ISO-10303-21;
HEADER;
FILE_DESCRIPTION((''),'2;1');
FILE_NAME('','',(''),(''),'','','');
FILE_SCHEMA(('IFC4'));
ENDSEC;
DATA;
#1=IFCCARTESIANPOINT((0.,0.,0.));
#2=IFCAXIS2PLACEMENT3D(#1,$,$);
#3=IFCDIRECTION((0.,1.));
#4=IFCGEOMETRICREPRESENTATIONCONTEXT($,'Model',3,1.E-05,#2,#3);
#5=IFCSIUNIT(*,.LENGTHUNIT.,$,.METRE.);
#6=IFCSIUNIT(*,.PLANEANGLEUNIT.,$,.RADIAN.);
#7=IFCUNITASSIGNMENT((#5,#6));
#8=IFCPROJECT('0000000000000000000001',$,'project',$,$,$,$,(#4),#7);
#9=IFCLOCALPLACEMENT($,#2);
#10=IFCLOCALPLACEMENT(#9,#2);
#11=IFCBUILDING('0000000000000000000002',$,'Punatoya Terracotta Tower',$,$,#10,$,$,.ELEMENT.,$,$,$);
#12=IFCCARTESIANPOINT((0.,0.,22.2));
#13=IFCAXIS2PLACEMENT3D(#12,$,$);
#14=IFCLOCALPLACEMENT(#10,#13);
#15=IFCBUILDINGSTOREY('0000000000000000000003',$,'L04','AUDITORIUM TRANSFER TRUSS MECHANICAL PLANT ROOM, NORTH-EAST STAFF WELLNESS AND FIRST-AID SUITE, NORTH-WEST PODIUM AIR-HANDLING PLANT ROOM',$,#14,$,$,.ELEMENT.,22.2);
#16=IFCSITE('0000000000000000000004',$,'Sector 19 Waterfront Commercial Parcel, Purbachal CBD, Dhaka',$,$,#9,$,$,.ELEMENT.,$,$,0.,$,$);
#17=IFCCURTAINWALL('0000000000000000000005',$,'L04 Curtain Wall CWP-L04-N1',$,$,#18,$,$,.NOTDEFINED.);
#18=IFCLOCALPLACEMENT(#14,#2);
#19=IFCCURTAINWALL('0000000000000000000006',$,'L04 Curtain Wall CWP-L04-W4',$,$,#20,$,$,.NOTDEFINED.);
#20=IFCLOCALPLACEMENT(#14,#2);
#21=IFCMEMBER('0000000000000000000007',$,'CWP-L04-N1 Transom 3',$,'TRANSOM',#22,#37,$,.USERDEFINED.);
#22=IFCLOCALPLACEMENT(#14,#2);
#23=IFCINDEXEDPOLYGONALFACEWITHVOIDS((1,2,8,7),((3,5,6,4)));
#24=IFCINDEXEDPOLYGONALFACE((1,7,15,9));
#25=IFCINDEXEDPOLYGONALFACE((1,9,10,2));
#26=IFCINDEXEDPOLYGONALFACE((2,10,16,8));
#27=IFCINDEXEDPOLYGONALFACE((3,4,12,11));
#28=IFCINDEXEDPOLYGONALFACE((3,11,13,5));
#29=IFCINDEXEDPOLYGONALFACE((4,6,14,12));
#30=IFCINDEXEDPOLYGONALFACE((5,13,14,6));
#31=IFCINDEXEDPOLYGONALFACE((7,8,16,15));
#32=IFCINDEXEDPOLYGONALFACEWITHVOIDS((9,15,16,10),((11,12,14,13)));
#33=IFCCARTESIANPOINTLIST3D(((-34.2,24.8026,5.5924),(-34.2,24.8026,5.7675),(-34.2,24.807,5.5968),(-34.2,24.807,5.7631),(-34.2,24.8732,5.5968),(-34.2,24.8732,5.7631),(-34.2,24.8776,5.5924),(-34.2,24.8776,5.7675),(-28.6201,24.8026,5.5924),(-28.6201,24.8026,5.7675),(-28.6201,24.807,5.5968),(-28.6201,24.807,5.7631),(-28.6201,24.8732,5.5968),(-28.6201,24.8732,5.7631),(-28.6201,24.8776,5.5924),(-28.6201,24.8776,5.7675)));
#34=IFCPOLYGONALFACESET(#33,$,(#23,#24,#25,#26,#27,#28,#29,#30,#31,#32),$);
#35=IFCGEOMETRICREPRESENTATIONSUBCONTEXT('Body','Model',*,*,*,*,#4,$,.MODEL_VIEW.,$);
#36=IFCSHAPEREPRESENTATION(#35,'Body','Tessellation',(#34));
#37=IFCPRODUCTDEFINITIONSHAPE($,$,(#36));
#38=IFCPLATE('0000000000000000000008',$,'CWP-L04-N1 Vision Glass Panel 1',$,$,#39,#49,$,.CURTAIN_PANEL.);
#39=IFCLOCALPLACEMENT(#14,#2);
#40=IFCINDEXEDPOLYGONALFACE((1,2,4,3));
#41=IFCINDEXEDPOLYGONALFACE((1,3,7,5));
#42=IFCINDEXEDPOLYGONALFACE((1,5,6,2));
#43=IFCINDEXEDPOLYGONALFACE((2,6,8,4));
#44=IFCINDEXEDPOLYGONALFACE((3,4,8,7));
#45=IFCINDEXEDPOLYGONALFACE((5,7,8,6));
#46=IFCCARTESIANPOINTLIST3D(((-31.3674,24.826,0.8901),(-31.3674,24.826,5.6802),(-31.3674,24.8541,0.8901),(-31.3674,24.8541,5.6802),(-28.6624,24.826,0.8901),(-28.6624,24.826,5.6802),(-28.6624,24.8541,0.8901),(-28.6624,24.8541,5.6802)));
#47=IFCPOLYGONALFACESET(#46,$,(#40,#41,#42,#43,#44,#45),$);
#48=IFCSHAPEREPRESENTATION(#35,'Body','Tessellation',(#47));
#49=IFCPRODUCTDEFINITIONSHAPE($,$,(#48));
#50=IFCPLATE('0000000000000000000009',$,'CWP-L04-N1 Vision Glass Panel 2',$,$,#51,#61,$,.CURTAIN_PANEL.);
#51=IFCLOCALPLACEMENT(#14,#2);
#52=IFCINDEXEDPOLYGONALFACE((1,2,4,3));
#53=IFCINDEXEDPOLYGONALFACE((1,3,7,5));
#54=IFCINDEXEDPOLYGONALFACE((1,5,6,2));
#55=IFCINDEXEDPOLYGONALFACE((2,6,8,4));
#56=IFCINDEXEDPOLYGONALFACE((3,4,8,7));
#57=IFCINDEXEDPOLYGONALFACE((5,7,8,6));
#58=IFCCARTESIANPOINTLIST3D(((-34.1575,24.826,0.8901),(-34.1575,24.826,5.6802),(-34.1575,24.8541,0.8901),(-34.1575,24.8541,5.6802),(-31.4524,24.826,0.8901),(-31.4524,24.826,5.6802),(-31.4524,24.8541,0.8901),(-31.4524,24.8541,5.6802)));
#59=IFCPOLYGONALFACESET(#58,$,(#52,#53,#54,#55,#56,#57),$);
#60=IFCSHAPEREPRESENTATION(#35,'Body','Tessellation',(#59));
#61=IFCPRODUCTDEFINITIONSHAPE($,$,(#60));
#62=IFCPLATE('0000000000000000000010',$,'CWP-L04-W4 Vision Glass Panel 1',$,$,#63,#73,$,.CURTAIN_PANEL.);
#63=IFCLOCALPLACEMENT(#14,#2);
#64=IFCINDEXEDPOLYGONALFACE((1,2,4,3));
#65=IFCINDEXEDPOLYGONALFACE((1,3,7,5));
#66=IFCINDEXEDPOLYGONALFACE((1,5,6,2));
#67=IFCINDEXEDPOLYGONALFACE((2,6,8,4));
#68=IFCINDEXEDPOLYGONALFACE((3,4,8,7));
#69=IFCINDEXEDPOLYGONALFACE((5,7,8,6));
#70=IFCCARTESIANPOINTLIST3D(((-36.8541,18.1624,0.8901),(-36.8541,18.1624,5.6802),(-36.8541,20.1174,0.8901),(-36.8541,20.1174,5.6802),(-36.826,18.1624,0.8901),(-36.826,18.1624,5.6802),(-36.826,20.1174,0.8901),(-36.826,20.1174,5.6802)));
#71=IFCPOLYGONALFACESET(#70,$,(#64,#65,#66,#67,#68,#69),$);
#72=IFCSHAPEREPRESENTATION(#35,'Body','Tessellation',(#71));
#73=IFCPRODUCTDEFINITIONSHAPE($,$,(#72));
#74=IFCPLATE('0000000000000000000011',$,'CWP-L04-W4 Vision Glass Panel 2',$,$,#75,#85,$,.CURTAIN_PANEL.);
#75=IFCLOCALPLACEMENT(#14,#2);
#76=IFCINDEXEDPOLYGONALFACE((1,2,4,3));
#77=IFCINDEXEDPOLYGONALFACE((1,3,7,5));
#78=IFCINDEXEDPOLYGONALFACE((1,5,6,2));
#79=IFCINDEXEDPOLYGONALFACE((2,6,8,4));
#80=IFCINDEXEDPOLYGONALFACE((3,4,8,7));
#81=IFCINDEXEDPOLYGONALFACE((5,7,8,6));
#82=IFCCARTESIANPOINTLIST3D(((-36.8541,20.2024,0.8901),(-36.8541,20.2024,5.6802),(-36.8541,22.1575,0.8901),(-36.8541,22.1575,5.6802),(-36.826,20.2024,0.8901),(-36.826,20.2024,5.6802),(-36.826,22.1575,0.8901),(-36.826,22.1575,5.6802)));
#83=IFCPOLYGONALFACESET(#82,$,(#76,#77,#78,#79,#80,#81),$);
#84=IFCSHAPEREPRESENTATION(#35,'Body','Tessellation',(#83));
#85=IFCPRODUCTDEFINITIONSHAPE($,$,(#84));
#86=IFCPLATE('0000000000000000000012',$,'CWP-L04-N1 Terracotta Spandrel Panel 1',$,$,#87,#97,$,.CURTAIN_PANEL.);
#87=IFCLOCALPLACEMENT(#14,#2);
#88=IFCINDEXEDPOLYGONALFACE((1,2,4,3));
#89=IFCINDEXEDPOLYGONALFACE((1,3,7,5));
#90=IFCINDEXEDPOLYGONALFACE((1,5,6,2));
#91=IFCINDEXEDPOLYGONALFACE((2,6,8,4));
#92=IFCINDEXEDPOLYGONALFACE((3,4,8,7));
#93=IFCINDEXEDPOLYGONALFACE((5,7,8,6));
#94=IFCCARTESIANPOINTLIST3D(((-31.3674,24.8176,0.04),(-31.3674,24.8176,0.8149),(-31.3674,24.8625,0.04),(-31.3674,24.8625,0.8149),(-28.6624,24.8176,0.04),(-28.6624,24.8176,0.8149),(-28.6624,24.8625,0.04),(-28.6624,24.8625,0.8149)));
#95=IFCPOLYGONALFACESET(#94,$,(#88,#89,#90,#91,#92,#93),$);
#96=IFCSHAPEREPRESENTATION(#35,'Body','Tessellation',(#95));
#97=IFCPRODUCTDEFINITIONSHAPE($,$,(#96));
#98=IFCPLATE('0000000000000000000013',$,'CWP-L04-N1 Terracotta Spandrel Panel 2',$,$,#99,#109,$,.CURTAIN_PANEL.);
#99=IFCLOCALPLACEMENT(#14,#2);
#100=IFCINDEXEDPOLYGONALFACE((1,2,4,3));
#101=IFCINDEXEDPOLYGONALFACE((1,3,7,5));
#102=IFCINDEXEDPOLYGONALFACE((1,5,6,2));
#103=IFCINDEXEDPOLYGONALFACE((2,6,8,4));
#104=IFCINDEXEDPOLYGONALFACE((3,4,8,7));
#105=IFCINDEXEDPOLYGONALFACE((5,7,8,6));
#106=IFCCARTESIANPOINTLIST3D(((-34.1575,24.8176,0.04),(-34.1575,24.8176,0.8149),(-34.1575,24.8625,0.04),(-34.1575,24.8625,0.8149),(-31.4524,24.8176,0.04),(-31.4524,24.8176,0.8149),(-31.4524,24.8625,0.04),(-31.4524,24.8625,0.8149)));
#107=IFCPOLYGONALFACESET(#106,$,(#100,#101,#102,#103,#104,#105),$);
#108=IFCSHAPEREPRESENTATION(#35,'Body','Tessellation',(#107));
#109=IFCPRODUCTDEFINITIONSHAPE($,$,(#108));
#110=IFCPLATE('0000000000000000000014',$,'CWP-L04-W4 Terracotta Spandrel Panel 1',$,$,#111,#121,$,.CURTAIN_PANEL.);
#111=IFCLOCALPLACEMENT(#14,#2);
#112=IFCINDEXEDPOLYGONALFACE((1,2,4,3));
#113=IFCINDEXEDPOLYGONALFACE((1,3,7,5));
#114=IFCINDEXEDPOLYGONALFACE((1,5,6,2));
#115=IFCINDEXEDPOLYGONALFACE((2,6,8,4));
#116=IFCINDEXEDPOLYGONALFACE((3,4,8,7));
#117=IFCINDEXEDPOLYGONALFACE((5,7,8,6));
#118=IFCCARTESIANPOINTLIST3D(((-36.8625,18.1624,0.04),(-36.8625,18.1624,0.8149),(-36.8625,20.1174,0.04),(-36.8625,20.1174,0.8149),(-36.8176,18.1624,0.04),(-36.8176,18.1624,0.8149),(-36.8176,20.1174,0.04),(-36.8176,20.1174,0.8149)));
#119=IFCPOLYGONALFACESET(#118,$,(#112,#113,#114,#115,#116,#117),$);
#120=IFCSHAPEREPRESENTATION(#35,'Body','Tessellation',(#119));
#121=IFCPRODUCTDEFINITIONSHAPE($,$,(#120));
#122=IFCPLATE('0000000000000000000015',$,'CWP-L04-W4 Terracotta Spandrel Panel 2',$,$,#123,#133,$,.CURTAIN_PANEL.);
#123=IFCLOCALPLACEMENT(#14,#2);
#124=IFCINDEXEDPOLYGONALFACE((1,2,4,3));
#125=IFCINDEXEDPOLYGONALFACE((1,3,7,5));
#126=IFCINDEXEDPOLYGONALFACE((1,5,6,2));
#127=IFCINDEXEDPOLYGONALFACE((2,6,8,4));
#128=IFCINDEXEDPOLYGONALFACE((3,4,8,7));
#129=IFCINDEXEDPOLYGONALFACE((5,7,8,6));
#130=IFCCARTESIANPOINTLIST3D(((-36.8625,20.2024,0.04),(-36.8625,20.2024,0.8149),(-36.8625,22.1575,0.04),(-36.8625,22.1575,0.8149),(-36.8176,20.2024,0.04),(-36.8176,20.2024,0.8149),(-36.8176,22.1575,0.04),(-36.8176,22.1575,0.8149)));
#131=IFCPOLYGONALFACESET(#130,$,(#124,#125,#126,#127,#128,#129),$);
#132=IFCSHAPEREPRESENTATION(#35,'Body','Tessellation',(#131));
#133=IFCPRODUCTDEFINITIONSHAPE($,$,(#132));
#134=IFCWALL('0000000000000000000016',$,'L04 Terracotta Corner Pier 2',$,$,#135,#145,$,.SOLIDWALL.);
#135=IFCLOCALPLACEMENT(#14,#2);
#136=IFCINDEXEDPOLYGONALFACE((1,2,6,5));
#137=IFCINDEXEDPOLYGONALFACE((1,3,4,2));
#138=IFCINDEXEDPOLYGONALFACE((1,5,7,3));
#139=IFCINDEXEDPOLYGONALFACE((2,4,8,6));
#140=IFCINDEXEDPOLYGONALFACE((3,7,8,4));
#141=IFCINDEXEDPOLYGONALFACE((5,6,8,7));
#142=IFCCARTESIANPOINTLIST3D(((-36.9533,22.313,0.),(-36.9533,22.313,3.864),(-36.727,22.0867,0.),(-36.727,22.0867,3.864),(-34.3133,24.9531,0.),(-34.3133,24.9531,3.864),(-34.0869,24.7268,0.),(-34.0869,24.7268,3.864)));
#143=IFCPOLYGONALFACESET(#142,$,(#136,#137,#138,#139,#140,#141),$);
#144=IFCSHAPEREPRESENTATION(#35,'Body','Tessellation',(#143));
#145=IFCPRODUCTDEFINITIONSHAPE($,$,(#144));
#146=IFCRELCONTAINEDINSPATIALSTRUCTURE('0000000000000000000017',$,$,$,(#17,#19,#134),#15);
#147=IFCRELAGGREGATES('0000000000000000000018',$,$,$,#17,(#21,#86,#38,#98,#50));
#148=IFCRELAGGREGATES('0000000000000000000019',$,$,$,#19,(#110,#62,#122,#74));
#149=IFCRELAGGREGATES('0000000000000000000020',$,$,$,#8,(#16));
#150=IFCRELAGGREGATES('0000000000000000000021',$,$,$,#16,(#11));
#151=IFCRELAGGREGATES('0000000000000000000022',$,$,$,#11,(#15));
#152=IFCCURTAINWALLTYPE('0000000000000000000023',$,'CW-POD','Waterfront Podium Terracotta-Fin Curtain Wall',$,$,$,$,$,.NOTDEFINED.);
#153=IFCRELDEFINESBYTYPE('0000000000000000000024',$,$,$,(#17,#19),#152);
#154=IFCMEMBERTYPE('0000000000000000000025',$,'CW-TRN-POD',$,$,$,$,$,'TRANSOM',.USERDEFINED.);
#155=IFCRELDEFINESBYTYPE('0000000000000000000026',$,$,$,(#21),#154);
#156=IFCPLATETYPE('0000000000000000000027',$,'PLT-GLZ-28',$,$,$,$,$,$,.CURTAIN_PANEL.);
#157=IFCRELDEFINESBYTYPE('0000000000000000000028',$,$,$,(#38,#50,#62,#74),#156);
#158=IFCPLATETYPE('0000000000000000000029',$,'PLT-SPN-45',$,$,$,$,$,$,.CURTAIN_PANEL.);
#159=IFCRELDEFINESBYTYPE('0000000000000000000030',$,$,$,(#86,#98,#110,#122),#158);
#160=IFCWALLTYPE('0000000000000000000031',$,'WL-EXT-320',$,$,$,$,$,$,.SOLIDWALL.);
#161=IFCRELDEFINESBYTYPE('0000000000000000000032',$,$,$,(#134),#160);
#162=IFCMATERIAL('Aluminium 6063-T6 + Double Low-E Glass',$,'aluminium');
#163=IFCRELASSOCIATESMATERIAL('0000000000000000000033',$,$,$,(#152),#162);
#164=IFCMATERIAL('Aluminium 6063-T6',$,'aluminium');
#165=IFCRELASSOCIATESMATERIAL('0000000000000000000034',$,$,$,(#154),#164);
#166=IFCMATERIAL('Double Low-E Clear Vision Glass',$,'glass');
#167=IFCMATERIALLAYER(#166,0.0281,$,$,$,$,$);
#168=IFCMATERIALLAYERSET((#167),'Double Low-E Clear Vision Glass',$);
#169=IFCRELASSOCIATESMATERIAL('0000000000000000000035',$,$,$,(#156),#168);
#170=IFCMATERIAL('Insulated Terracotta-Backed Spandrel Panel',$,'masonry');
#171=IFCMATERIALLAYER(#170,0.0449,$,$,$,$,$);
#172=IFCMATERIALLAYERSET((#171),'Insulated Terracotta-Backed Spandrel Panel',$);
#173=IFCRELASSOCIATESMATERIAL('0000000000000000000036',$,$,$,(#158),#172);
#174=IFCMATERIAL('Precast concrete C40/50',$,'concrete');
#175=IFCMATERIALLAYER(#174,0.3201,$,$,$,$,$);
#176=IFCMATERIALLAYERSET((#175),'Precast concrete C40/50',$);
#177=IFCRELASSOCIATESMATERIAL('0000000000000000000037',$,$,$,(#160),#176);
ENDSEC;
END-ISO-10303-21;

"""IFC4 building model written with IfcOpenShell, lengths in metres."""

from ifc_helpers import new_model, si_unit, direction, frame, frame_2d, origin, origin_2d, place, context, subcontext, project, spatial, rectangle, hollow_rectangle, extrude, material, layer, layer_set, material_profile, profile_set, type_object, element, aggregate, save


model = new_model("IFC4")

# Units and contexts
model_context = context("Model", 3, precision=1e-05, world=origin(), true_north=direction((0.0, 1.0)))
body_context = subcontext(model_context, "Body", "Model", "MODEL_VIEW")
ifc_project = project(units=[si_unit("LENGTHUNIT", "METRE"), si_unit("PLANEANGLEUNIT", "RADIAN")], contexts=[model_context])

# Site, building, storey
site_placement = place(None, origin())
site = spatial("IfcSite", under=ifc_project, at=site_placement, Name="Sector 19 Waterfront Commercial Parcel, Purbachal CBD, Dhaka", CompositionType="ELEMENT", RefElevation=0.0)
building_placement = place(site_placement, origin())
building = spatial("IfcBuilding", under=site, at=building_placement, Name="Punatoya Terracotta Tower", CompositionType="ELEMENT")
storey_placement = place(building_placement, frame((0.0, 0.0, 22.2)))
storey = spatial("IfcBuildingStorey", under=building, at=storey_placement, Name="L04", Description="AUDITORIUM TRANSFER TRUSS MECHANICAL PLANT ROOM, NORTH-EAST STAFF WELLNESS AND FIRST-AID SUITE, NORTH-WEST PODIUM AIR-HANDLING PLANT ROOM", CompositionType="ELEMENT", Elevation=22.2)

# Curtain walls
ifc_material_1 = material(Name="Aluminium 6063-T6 + Double Low-E Glass", Category="aluminium")
curtain_wall_type = type_object("IfcCurtainWallType", Name="CW-POD", Description="Waterfront Podium Terracotta-Fin Curtain Wall", PredefinedType="NOTDEFINED", material=ifc_material_1)
curtain_wall_1_placement = place(storey_placement, origin())
curtain_wall_1 = element("IfcCurtainWall", 1, at=curtain_wall_1_placement, inside=storey, type_object=curtain_wall_type, Name="L04 Curtain Wall CWP-L04-N1", PredefinedType="NOTDEFINED")
ifc_material_2 = material(Name="Aluminium 6063-T6", Category="aluminium")
curtain_wall_2_placement = place(storey_placement, origin())
curtain_wall_2 = element("IfcCurtainWall", 2, at=curtain_wall_2_placement, inside=storey, type_object=curtain_wall_type, Name="L04 Curtain Wall CWP-L04-W4", PredefinedType="NOTDEFINED")

# Member
ifc_material_profile_1 = material_profile(ifc_material_2, hollow_rectangle(XDim=0.075, YDim=0.175, WallThickness=0.0044, at=origin_2d()))
ifc_profile_set_1 = profile_set([ifc_material_profile_1], Name="Aluminium 6063-T6")
member_type_1 = type_object("IfcMemberType", Name="CW-TRN-POD", ElementType="TRANSOM", PredefinedType="USERDEFINED", material=ifc_profile_set_1)
member_1_placement = place(storey_placement, frame((-28.6201, 24.8401, 5.6799), z_axis=(-1.0, 0.0, 0.0), x_axis=(0.0, -1.0, 0.0)))
member_1 = element("IfcMember", 3, at=member_1_placement, type_object=member_type_1, Name="CWP-L04-N1 Transom 3", ObjectType="TRANSOM", PredefinedType="USERDEFINED", context=body_context, shape_type="SweptSolid", body=[
    extrude(hollow_rectangle(XDim=0.075, YDim=0.175, WallThickness=0.0044, at=origin_2d()), origin(), (0.0, 0.0, 1.0), 5.5798),
])

# Plates
ifc_material_3 = material(Name="Double Low-E Clear Vision Glass", Category="glass")
ifc_layer_1 = layer(ifc_material_3, 0.0281)
ifc_layer_set_1 = layer_set([ifc_layer_1], Name="Double Low-E Clear Vision Glass")
plate_type_1 = type_object("IfcPlateType", Name="PLT-GLZ-28", PredefinedType="CURTAIN_PANEL", material=ifc_layer_set_1)
plate_1_placement = place(storey_placement, frame((-30.0149, 24.8401, 0.8901), z_axis=(0.0, 0.0, 1.0), x_axis=(-1.0, 0.0, 0.0)))
plate_1 = element("IfcPlate", 4, at=plate_1_placement, type_object=plate_type_1, Name="CWP-L04-N1 Vision Glass Panel 1", PredefinedType="CURTAIN_PANEL", context=body_context, shape_type="SweptSolid", body=[
    extrude(rectangle(XDim=2.7051, YDim=0.0281, at=origin_2d()), origin(), (0.0, 0.0, 1.0), 4.79),
])
plate_2_placement = place(storey_placement, frame((-32.8049, 24.8401, 0.8901), z_axis=(0.0, 0.0, 1.0), x_axis=(-1.0, 0.0, 0.0)))
plate_2 = element("IfcPlate", 5, at=plate_2_placement, type_object=plate_type_1, Name="CWP-L04-N1 Vision Glass Panel 2", PredefinedType="CURTAIN_PANEL", context=body_context, shape_type="SweptSolid", body=[
    extrude(rectangle(XDim=2.7051, YDim=0.0281, at=origin_2d()), origin(), (0.0, 0.0, 1.0), 4.79),
])
plate_3_placement = place(storey_placement, frame((-36.8401, 19.1399, 0.8901), z_axis=(0.0, 0.0, 1.0), x_axis=(0.0, 1.0, 0.0)))
plate_3 = element("IfcPlate", 6, at=plate_3_placement, type_object=plate_type_1, Name="CWP-L04-W4 Vision Glass Panel 1", PredefinedType="CURTAIN_PANEL", context=body_context, shape_type="SweptSolid", body=[
    extrude(rectangle(XDim=1.9551, YDim=0.0281, at=origin_2d()), origin(), (0.0, 0.0, 1.0), 4.79),
])
plate_4_placement = place(storey_placement, frame((-36.8401, 21.1799, 0.8901), z_axis=(0.0, 0.0, 1.0), x_axis=(0.0, 1.0, 0.0)))
plate_4 = element("IfcPlate", 7, at=plate_4_placement, type_object=plate_type_1, Name="CWP-L04-W4 Vision Glass Panel 2", PredefinedType="CURTAIN_PANEL", context=body_context, shape_type="SweptSolid", body=[
    extrude(rectangle(XDim=1.9551, YDim=0.0281, at=origin_2d()), origin(), (0.0, 0.0, 1.0), 4.79),
])
ifc_material_4 = material(Name="Insulated Terracotta-Backed Spandrel Panel", Category="masonry")
ifc_layer_2 = layer(ifc_material_4, 0.0449)
ifc_layer_set_2 = layer_set([ifc_layer_2], Name="Insulated Terracotta-Backed Spandrel Panel")
plate_type_2 = type_object("IfcPlateType", Name="PLT-SPN-45", PredefinedType="CURTAIN_PANEL", material=ifc_layer_set_2)
plate_5_placement = place(storey_placement, frame((-30.0149, 24.8401, 0.04), z_axis=(0.0, 0.0, 1.0), x_axis=(-1.0, 0.0, 0.0)))
plate_5 = element("IfcPlate", 8, at=plate_5_placement, type_object=plate_type_2, Name="CWP-L04-N1 Terracotta Spandrel Panel 1", PredefinedType="CURTAIN_PANEL", context=body_context, shape_type="SweptSolid", body=[
    extrude(rectangle(XDim=2.7051, YDim=0.0449, at=origin_2d()), origin(), (0.0, 0.0, 1.0), 0.7749),
])
plate_6_placement = place(storey_placement, frame((-32.8049, 24.8401, 0.04), z_axis=(0.0, 0.0, 1.0), x_axis=(-1.0, 0.0, 0.0)))
plate_6 = element("IfcPlate", 9, at=plate_6_placement, type_object=plate_type_2, Name="CWP-L04-N1 Terracotta Spandrel Panel 2", PredefinedType="CURTAIN_PANEL", context=body_context, shape_type="SweptSolid", body=[
    extrude(rectangle(XDim=2.7051, YDim=0.0449, at=origin_2d()), origin(), (0.0, 0.0, 1.0), 0.7749),
])
aggregate(curtain_wall_1, [member_1, plate_5, plate_1, plate_6, plate_2])
plate_7_placement = place(storey_placement, frame((-36.8401, 19.1399, 0.04), z_axis=(0.0, 0.0, 1.0), x_axis=(0.0, 1.0, 0.0)))
plate_7 = element("IfcPlate", 10, at=plate_7_placement, type_object=plate_type_2, Name="CWP-L04-W4 Terracotta Spandrel Panel 1", PredefinedType="CURTAIN_PANEL", context=body_context, shape_type="SweptSolid", body=[
    extrude(rectangle(XDim=1.9551, YDim=0.0449, at=origin_2d()), origin(), (0.0, 0.0, 1.0), 0.7749),
])
plate_8_placement = place(storey_placement, frame((-36.8401, 21.1799, 0.04), z_axis=(0.0, 0.0, 1.0), x_axis=(0.0, 1.0, 0.0)))
plate_8 = element("IfcPlate", 11, at=plate_8_placement, type_object=plate_type_2, Name="CWP-L04-W4 Terracotta Spandrel Panel 2", PredefinedType="CURTAIN_PANEL", context=body_context, shape_type="SweptSolid", body=[
    extrude(rectangle(XDim=1.9551, YDim=0.0449, at=origin_2d()), origin(), (0.0, 0.0, 1.0), 0.7749),
])
aggregate(curtain_wall_2, [plate_7, plate_3, plate_8, plate_4])

# Wall
ifc_material_5 = material(Name="Precast concrete C40/50", Category="concrete")
ifc_layer_3 = layer(ifc_material_5, 0.3201)
ifc_layer_set_3 = layer_set([ifc_layer_3], Name="Precast concrete C40/50")
wall_type = type_object("IfcWallType", Name="WL-EXT-320", PredefinedType="SOLIDWALL", material=ifc_layer_set_3)
wall_placement = place(storey_placement, frame((-36.8401, 22.2, 0.0), z_axis=(0.0, 0.0, 1.0), x_axis=(0.707107, 0.707107, 0.0)))
element("IfcWall", 12, at=wall_placement, inside=storey, type_object=wall_type, Name="L04 Terracotta Corner Pier 2", PredefinedType="SOLIDWALL", context=body_context, shape_type="SweptSolid", body=[
    extrude(rectangle(XDim=3.7336, YDim=0.3201, at=frame_2d((1.8667, 0.0))), origin(), (0.0, 0.0, 1.0), 3.864),
])

save(model, "model.ifc")
